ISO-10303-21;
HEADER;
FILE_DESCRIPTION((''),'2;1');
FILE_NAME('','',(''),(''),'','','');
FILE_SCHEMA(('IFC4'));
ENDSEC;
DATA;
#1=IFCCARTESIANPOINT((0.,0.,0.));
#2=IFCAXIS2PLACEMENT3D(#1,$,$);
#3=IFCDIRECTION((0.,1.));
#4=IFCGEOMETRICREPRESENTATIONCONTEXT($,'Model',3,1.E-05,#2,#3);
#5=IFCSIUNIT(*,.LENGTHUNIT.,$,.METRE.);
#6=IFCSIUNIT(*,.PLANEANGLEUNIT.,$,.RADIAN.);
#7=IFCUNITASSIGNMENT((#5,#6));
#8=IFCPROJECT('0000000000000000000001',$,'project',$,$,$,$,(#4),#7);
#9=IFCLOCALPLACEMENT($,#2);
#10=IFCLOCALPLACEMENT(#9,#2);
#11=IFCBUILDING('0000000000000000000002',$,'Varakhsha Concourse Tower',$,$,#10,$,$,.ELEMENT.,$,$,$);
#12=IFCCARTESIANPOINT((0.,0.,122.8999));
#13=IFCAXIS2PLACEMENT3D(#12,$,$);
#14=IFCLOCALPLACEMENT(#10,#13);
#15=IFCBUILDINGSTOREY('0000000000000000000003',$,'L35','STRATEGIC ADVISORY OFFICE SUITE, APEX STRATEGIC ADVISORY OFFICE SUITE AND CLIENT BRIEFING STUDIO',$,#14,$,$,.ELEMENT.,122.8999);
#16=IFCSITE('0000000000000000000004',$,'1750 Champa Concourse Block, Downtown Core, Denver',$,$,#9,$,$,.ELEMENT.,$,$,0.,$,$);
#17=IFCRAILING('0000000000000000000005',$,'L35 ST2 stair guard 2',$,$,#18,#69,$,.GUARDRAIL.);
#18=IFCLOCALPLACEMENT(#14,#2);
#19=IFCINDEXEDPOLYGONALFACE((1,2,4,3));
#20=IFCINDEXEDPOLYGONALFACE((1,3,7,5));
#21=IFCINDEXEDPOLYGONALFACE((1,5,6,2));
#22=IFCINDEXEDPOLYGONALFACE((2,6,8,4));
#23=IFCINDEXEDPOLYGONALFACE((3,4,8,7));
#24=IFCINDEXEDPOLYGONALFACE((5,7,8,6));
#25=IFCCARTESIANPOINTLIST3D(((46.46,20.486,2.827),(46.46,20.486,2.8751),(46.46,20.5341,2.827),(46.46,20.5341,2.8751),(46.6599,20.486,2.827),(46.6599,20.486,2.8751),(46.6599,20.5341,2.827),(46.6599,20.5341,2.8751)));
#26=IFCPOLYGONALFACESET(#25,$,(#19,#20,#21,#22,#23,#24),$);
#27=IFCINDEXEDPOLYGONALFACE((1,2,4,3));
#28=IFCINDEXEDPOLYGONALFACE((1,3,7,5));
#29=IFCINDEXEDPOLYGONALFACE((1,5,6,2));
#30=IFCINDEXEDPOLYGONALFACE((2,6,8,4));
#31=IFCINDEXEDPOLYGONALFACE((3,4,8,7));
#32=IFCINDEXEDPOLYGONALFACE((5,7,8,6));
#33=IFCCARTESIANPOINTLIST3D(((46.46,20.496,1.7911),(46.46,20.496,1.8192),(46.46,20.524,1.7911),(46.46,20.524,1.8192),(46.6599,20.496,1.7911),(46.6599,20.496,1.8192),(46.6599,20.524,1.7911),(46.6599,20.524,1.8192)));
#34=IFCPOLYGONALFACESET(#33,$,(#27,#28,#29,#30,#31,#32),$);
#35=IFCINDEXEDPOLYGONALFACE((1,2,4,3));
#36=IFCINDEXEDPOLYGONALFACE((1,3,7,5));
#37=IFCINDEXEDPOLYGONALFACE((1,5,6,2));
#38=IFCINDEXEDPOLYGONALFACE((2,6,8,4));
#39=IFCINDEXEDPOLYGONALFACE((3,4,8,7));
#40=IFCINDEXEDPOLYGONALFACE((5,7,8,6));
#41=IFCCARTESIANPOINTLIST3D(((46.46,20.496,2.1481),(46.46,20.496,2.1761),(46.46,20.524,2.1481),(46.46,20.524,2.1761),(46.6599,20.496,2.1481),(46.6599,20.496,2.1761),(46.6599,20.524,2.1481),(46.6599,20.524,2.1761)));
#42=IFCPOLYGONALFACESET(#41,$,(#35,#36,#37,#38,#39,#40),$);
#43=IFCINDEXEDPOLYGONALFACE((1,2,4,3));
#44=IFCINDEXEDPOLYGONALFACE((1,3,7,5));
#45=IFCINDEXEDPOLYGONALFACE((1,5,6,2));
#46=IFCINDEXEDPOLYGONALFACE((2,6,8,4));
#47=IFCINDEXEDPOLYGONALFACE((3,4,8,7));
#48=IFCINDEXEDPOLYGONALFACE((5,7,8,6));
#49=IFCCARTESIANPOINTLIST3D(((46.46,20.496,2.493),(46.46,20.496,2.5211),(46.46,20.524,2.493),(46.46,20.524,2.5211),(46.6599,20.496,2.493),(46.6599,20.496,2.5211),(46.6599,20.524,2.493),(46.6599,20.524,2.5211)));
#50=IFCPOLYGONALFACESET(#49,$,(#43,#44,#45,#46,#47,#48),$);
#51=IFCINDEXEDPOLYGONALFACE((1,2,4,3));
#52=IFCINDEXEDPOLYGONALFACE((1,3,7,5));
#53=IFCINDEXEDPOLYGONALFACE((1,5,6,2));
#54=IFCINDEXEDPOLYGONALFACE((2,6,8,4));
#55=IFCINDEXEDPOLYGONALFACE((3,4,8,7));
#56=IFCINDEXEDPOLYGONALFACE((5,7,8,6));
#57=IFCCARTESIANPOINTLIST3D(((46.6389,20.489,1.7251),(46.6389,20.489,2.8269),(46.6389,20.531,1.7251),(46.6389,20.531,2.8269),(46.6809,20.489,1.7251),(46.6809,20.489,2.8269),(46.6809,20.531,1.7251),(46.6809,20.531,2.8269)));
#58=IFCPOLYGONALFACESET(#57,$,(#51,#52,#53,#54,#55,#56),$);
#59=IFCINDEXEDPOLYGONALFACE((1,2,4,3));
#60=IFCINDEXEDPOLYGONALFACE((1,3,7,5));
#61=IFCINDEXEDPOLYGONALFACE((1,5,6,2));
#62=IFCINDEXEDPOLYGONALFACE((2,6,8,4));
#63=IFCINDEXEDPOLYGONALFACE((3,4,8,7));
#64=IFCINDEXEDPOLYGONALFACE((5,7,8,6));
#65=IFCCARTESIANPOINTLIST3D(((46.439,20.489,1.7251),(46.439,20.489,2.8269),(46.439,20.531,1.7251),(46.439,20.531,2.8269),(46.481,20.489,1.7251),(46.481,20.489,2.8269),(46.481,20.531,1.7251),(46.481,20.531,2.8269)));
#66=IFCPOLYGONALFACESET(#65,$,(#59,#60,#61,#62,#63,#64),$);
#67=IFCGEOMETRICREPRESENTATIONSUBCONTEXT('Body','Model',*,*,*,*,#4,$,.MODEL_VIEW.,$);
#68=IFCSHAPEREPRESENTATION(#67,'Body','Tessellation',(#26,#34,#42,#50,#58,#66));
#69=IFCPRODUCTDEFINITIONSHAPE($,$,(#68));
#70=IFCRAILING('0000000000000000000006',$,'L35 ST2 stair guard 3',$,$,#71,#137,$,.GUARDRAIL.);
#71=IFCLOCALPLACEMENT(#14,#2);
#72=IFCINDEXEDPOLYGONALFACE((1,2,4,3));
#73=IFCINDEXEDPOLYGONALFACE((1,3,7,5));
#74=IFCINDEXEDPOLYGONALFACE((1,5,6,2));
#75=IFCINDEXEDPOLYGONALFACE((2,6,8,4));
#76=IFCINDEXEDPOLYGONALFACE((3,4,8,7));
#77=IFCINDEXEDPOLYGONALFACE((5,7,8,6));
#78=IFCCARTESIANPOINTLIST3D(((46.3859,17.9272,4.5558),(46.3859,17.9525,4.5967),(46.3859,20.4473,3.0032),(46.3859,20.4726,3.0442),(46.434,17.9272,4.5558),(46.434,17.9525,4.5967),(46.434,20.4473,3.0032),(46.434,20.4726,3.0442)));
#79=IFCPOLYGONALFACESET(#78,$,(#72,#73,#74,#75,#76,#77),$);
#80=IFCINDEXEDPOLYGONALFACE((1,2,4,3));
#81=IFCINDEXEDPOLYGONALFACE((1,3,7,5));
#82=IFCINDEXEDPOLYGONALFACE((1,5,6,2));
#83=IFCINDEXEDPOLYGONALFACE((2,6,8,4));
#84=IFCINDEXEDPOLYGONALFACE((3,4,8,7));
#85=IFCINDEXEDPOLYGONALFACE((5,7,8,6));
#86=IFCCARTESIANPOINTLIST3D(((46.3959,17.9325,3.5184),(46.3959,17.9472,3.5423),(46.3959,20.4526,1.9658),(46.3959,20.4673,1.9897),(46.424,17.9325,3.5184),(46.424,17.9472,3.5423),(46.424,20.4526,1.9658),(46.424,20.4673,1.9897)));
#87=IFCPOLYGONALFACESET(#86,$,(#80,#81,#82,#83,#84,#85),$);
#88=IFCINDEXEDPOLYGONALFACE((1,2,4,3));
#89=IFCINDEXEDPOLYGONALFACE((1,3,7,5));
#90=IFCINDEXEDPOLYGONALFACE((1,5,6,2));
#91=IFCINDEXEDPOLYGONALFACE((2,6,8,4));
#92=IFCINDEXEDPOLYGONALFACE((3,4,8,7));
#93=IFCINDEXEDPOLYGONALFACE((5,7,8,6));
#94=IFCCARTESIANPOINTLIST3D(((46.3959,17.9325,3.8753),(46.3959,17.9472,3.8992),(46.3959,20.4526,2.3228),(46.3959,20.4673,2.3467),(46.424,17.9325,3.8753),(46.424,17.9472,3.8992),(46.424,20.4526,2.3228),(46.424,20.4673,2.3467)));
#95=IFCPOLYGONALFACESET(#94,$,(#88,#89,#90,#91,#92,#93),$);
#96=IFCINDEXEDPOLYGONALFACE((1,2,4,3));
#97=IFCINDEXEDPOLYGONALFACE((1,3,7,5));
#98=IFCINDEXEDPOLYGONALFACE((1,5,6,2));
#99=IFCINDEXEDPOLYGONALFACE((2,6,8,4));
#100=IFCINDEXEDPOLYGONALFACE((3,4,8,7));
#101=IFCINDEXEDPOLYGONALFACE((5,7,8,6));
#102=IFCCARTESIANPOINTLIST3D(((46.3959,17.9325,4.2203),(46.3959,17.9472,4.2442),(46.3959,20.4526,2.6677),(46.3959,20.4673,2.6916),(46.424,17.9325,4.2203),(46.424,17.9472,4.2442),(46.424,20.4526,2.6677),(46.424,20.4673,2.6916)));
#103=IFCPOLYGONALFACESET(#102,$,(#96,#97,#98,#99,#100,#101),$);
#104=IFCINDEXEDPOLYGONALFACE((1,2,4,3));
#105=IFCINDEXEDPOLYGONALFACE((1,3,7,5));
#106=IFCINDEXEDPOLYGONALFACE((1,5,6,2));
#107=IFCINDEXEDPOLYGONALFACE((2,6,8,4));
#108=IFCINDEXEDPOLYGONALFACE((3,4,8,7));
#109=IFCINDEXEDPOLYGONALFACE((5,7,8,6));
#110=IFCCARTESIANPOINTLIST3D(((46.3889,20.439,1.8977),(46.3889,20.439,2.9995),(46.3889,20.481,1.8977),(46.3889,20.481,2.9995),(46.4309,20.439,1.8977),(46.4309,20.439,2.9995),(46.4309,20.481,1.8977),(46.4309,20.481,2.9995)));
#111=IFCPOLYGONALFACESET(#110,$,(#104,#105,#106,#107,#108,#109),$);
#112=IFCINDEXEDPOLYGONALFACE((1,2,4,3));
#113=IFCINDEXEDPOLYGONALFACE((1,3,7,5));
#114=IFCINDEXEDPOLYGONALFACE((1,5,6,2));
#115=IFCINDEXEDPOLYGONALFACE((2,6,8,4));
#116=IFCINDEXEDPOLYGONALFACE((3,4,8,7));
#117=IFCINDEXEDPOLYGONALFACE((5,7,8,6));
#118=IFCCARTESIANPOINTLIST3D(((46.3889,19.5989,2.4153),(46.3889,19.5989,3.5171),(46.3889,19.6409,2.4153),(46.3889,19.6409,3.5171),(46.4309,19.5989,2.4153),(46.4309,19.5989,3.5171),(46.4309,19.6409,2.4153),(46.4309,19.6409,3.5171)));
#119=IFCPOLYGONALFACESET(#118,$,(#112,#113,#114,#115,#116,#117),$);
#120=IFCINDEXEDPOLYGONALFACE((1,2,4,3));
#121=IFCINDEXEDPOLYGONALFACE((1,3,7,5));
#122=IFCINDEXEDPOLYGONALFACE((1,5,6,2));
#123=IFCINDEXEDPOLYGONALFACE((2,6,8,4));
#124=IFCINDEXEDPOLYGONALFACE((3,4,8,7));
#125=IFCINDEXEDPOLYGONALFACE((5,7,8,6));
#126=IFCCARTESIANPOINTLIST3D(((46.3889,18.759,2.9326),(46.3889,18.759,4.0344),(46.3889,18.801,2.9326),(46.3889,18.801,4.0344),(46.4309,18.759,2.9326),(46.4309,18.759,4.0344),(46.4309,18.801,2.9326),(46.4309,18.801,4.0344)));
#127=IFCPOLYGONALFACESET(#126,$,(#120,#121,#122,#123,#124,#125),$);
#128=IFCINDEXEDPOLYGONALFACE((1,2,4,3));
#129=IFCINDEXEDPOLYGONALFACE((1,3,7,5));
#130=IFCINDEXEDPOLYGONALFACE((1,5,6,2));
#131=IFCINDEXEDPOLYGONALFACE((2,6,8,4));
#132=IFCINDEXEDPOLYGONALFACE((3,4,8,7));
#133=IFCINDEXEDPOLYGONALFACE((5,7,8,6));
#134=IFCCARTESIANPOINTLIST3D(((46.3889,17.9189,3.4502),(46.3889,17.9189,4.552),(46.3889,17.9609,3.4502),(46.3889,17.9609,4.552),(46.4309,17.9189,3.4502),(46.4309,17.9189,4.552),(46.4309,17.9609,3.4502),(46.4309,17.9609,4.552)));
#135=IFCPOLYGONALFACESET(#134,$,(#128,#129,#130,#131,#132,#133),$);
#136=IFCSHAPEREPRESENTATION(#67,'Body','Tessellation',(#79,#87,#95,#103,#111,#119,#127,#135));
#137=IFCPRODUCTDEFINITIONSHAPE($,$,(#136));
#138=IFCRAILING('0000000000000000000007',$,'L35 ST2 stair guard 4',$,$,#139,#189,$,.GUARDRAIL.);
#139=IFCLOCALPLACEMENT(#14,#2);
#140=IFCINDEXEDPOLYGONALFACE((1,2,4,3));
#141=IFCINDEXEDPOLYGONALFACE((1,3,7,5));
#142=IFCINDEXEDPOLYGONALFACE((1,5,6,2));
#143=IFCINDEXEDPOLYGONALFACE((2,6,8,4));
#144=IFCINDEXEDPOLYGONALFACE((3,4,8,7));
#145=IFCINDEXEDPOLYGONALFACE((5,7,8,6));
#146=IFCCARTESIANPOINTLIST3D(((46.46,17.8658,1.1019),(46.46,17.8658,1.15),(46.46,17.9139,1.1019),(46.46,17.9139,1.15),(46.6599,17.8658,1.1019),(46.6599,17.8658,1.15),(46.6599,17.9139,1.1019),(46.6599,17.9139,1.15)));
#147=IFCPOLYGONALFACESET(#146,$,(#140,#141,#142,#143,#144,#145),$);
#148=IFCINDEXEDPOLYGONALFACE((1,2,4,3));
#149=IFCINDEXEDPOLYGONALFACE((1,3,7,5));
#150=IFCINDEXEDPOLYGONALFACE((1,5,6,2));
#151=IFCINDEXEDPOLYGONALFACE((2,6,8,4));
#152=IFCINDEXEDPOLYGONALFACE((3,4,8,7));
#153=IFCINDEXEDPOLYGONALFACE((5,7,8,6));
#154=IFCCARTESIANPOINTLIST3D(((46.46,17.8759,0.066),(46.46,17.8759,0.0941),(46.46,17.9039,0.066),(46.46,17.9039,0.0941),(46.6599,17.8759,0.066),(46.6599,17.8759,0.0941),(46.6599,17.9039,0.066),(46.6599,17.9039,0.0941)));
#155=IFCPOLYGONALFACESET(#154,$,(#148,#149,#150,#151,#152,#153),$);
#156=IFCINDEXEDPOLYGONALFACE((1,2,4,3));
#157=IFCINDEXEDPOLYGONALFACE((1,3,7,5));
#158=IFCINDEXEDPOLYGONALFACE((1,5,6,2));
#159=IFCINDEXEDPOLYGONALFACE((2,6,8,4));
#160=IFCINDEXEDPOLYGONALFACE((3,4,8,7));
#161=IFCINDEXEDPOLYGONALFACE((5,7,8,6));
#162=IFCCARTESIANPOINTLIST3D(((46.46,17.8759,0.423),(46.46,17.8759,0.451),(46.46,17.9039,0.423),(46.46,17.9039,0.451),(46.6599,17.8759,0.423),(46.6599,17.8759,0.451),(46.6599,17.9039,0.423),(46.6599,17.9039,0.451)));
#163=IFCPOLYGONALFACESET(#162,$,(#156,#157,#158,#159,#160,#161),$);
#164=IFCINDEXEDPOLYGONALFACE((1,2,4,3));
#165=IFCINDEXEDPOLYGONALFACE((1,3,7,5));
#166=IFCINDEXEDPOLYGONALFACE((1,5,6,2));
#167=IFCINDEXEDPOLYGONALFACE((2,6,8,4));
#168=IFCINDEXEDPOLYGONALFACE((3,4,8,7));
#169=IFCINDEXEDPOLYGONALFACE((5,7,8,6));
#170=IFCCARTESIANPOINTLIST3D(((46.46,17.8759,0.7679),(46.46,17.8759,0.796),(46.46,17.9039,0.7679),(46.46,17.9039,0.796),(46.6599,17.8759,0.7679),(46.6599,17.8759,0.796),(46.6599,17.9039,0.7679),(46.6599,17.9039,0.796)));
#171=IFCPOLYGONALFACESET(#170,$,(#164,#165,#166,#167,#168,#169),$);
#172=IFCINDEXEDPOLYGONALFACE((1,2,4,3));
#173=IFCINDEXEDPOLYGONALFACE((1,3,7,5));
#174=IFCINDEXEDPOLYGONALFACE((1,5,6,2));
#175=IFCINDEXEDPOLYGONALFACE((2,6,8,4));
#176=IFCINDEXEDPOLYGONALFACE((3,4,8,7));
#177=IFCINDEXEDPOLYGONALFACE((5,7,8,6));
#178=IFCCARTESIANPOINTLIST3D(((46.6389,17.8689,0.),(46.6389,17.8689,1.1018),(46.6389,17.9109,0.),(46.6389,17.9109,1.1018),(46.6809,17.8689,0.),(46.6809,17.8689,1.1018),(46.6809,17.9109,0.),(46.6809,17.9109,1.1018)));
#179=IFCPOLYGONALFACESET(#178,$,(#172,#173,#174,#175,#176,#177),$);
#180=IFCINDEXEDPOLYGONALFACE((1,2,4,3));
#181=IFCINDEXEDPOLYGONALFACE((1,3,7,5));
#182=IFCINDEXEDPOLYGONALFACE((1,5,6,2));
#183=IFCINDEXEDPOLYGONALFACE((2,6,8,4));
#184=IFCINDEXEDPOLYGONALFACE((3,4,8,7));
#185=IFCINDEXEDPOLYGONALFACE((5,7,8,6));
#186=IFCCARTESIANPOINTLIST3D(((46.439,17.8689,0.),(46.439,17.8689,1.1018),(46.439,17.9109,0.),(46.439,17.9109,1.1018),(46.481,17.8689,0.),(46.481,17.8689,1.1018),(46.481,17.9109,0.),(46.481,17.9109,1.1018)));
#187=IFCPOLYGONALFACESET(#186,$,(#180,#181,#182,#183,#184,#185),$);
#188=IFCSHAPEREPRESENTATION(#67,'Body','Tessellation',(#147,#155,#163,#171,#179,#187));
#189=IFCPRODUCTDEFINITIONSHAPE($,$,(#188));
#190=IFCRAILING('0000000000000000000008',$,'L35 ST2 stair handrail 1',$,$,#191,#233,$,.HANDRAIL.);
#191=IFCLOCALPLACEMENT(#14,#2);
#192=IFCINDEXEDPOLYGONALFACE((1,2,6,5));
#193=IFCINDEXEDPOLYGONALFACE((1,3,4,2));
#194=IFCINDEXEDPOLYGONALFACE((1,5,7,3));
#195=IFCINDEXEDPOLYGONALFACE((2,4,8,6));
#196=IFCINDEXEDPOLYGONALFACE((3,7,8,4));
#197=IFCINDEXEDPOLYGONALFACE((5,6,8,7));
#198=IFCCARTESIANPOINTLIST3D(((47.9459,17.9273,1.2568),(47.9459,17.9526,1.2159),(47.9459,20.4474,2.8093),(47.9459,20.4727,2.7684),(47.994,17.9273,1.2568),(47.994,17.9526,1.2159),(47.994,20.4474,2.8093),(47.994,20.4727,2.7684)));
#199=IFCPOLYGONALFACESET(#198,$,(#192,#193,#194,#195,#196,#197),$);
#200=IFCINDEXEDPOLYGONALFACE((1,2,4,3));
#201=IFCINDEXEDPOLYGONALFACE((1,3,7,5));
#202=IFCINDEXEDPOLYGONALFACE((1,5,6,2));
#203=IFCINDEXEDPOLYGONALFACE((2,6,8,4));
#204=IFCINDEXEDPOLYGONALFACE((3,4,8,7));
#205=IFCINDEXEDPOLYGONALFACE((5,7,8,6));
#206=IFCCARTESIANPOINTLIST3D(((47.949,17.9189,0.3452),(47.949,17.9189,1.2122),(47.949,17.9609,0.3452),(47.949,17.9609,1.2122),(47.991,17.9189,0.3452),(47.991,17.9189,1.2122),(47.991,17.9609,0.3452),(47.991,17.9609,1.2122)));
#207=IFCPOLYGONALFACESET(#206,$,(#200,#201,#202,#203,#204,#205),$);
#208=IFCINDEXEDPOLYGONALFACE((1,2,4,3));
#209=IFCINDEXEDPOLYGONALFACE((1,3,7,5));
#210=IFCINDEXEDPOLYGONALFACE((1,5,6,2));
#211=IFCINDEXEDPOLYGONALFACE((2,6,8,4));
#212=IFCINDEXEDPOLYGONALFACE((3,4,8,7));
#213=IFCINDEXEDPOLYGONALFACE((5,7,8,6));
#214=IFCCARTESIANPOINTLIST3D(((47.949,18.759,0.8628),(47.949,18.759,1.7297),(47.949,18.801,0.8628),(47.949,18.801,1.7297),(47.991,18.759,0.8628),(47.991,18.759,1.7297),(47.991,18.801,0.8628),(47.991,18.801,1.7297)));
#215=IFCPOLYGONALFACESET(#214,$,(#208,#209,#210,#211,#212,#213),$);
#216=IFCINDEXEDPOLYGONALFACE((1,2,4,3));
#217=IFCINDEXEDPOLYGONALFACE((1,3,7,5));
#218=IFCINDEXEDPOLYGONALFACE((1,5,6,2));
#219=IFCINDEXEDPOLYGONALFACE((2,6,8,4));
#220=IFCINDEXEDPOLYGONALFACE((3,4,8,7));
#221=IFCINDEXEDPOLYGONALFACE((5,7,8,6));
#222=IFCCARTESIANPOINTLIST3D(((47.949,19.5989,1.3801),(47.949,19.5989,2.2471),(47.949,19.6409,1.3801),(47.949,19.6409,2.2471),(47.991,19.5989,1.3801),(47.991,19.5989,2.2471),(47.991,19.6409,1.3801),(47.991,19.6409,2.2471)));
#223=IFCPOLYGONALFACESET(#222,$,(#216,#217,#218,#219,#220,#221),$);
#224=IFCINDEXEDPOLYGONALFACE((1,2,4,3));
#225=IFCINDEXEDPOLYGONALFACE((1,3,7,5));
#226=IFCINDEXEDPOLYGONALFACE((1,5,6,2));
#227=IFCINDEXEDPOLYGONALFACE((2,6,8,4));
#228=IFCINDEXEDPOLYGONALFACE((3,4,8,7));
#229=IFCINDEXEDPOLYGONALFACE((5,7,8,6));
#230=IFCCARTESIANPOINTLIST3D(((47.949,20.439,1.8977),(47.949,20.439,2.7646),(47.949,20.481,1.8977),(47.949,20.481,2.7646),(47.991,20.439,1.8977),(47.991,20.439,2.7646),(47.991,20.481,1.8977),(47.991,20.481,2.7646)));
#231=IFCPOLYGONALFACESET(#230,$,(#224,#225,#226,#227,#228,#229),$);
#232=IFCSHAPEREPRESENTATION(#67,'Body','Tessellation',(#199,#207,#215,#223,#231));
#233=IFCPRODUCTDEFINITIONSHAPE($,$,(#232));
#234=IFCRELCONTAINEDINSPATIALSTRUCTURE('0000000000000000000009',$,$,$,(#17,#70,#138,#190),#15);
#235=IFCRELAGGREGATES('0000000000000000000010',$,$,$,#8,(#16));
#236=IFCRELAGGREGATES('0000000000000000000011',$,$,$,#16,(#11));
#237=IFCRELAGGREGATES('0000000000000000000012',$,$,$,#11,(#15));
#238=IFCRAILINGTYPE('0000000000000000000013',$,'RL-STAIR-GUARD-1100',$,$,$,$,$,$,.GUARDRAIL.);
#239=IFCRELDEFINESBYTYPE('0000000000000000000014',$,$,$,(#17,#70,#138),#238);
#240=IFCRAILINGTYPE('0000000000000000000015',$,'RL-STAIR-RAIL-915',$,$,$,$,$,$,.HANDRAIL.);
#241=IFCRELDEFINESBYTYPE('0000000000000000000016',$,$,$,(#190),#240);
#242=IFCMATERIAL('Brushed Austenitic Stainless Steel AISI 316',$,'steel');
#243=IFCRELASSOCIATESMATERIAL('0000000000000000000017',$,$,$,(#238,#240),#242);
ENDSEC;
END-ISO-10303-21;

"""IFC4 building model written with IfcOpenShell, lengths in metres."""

from ifc_helpers import new_model, si_unit, direction, frame, origin, origin_2d, place, context, subcontext, project, spatial, rectangle, extrude, material, type_object, element, save


model = new_model("IFC4")

# Units and contexts
model_context = context("Model", 3, precision=1e-05, world=origin(), true_north=direction((0.0, 1.0)))
body_context = subcontext(model_context, "Body", "Model", "MODEL_VIEW")
ifc_project = project(units=[si_unit("LENGTHUNIT", "METRE"), si_unit("PLANEANGLEUNIT", "RADIAN")], contexts=[model_context])

# Site, building, storey
site_placement = place(None, origin())
site = spatial("IfcSite", under=ifc_project, at=site_placement, Name="1750 Champa Concourse Block, Downtown Core, Denver", CompositionType="ELEMENT", RefElevation=0.0)
building_placement = place(site_placement, origin())
building = spatial("IfcBuilding", under=site, at=building_placement, Name="Varakhsha Concourse Tower", CompositionType="ELEMENT")
storey_placement = place(building_placement, frame((0.0, 0.0, 122.8999)))
storey = spatial("IfcBuildingStorey", under=building, at=storey_placement, Name="L35", Description="STRATEGIC ADVISORY OFFICE SUITE, APEX STRATEGIC ADVISORY OFFICE SUITE AND CLIENT BRIEFING STUDIO", CompositionType="ELEMENT", Elevation=122.8999)

# Railings
ifc_material_1 = material(Name="Brushed Austenitic Stainless Steel AISI 316", Category="steel")
railing_type_1 = type_object("IfcRailingType", Name="RL-STAIR-GUARD-1100", PredefinedType="GUARDRAIL", material=ifc_material_1)
railing_1_placement = place(storey_placement, frame((46.6599, 20.51, 1.7251)))
element("IfcRailing", 1, at=railing_1_placement, inside=storey, type_object=railing_type_1, Name="L35 ST2 stair guard 2", PredefinedType="GUARDRAIL", context=body_context, shape_type="SweptSolid", body=[
    extrude(rectangle(XDim=0.0481, YDim=0.0481, at=origin_2d()), frame((0.0, 0.0, 1.126), z_axis=(-1.0, 0.0, 0.0), x_axis=(0.0, -1.0, 0.0)), (0.0, 0.0, 1.0), 0.2),
    extrude(rectangle(XDim=0.0281, YDim=0.0281, at=origin_2d()), frame((0.0, 0.0, 0.0801), z_axis=(-1.0, 0.0, 0.0), x_axis=(0.0, -1.0, 0.0)), (0.0, 0.0, 1.0), 0.2),
    extrude(rectangle(XDim=0.0281, YDim=0.0281, at=origin_2d()), frame((0.0, 0.0, 0.437), z_axis=(-1.0, 0.0, 0.0), x_axis=(0.0, -1.0, 0.0)), (0.0, 0.0, 1.0), 0.2),
    extrude(rectangle(XDim=0.0281, YDim=0.0281, at=origin_2d()), frame((0.0, 0.0, 0.782), z_axis=(-1.0, 0.0, 0.0), x_axis=(0.0, -1.0, 0.0)), (0.0, 0.0, 1.0), 0.2),
    extrude(rectangle(XDim=0.042, YDim=0.042, at=origin_2d()), origin(), (0.0, 0.0, 1.0), 1.1018),
    extrude(rectangle(XDim=0.042, YDim=0.042, at=origin_2d()), frame((-0.2, 0.0, 0.0)), (0.0, 0.0, 1.0), 1.1018),
])
railing_2_placement = place(storey_placement, frame((46.4099, 20.46, 1.8977)))
element("IfcRailing", 2, at=railing_2_placement, inside=storey, type_object=railing_type_1, Name="L35 ST2 stair guard 3", PredefinedType="GUARDRAIL", context=body_context, shape_type="SweptSolid", body=[
    extrude(rectangle(XDim=0.0481, YDim=0.0481, at=origin_2d()), frame((0.0, 0.0, 1.126), z_axis=(0.0, -0.8514, 0.524516), x_axis=(1.0, 0.0, 0.0)), (0.0, 0.0, 1.0), 2.96),
    extrude(rectangle(XDim=0.0281, YDim=0.0281, at=origin_2d()), frame((0.0, 0.0, 0.0801), z_axis=(0.0, -0.8514, 0.524516), x_axis=(1.0, 0.0, 0.0)), (0.0, 0.0, 1.0), 2.96),
    extrude(rectangle(XDim=0.0281, YDim=0.0281, at=origin_2d()), frame((0.0, 0.0, 0.437), z_axis=(0.0, -0.8514, 0.524516), x_axis=(1.0, 0.0, 0.0)), (0.0, 0.0, 1.0), 2.96),
    extrude(rectangle(XDim=0.0281, YDim=0.0281, at=origin_2d()), frame((0.0, 0.0, 0.782), z_axis=(0.0, -0.8514, 0.524516), x_axis=(1.0, 0.0, 0.0)), (0.0, 0.0, 1.0), 2.96),
    extrude(rectangle(XDim=0.042, YDim=0.042, at=origin_2d()), origin(), (0.0, 0.0, 1.0), 1.1018),
    extrude(rectangle(XDim=0.042, YDim=0.042, at=origin_2d()), frame((0.0, -0.8401, 0.5176)), (0.0, 0.0, 1.0), 1.1018),
    extrude(rectangle(XDim=0.042, YDim=0.042, at=origin_2d()), frame((0.0, -1.6799, 1.0349)), (0.0, 0.0, 1.0), 1.1018),
    extrude(rectangle(XDim=0.042, YDim=0.042, at=origin_2d()), frame((0.0, -2.52, 1.5525)), (0.0, 0.0, 1.0), 1.1018),
])
railing_3_placement = place(storey_placement, frame((46.6599, 17.8899, 0.0)))
element("IfcRailing", 3, at=railing_3_placement, inside=storey, type_object=railing_type_1, Name="L35 ST2 stair guard 4", PredefinedType="GUARDRAIL", context=body_context, shape_type="SweptSolid", body=[
    extrude(rectangle(XDim=0.0481, YDim=0.0481, at=origin_2d()), frame((0.0, 0.0, 1.126), z_axis=(-1.0, 0.0, 0.0), x_axis=(0.0, -1.0, 0.0)), (0.0, 0.0, 1.0), 0.2),
    extrude(rectangle(XDim=0.0281, YDim=0.0281, at=origin_2d()), frame((0.0, 0.0, 0.0801), z_axis=(-1.0, 0.0, 0.0), x_axis=(0.0, -1.0, 0.0)), (0.0, 0.0, 1.0), 0.2),
    extrude(rectangle(XDim=0.0281, YDim=0.0281, at=origin_2d()), frame((0.0, 0.0, 0.437), z_axis=(-1.0, 0.0, 0.0), x_axis=(0.0, -1.0, 0.0)), (0.0, 0.0, 1.0), 0.2),
    extrude(rectangle(XDim=0.0281, YDim=0.0281, at=origin_2d()), frame((0.0, 0.0, 0.782), z_axis=(-1.0, 0.0, 0.0), x_axis=(0.0, -1.0, 0.0)), (0.0, 0.0, 1.0), 0.2),
    extrude(rectangle(XDim=0.042, YDim=0.042, at=origin_2d()), origin(), (0.0, 0.0, 1.0), 1.1018),
    extrude(rectangle(XDim=0.042, YDim=0.042, at=origin_2d()), frame((-0.2, 0.0, 0.0)), (0.0, 0.0, 1.0), 1.1018),
])
railing_type_2 = type_object("IfcRailingType", Name="RL-STAIR-RAIL-915", PredefinedType="HANDRAIL", material=ifc_material_1)
railing_4_placement = place(storey_placement, frame((47.97, 17.9399, 0.3452)))
element("IfcRailing", 4, at=railing_4_placement, inside=storey, type_object=railing_type_2, Name="L35 ST2 stair handrail 1", PredefinedType="HANDRAIL", context=body_context, shape_type="SweptSolid", body=[
    extrude(rectangle(XDim=0.0481, YDim=0.0481, at=origin_2d()), frame((0.0, 0.0, 0.8911), z_axis=(0.0, 0.8514, 0.524516), x_axis=(-1.0, 0.0, 0.0)), (0.0, 0.0, 1.0), 2.96),
    extrude(rectangle(XDim=0.042, YDim=0.042, at=origin_2d()), origin(), (0.0, 0.0, 1.0), 0.8669),
    extrude(rectangle(XDim=0.042, YDim=0.042, at=origin_2d()), frame((0.0, 0.8401, 0.5176)), (0.0, 0.0, 1.0), 0.8669),
    extrude(rectangle(XDim=0.042, YDim=0.042, at=origin_2d()), frame((0.0, 1.6799, 1.0349)), (0.0, 0.0, 1.0), 0.8669),
    extrude(rectangle(XDim=0.042, YDim=0.042, at=origin_2d()), frame((0.0, 2.52, 1.5525)), (0.0, 0.0, 1.0), 0.8669),
])

save(model, "model.ifc")
